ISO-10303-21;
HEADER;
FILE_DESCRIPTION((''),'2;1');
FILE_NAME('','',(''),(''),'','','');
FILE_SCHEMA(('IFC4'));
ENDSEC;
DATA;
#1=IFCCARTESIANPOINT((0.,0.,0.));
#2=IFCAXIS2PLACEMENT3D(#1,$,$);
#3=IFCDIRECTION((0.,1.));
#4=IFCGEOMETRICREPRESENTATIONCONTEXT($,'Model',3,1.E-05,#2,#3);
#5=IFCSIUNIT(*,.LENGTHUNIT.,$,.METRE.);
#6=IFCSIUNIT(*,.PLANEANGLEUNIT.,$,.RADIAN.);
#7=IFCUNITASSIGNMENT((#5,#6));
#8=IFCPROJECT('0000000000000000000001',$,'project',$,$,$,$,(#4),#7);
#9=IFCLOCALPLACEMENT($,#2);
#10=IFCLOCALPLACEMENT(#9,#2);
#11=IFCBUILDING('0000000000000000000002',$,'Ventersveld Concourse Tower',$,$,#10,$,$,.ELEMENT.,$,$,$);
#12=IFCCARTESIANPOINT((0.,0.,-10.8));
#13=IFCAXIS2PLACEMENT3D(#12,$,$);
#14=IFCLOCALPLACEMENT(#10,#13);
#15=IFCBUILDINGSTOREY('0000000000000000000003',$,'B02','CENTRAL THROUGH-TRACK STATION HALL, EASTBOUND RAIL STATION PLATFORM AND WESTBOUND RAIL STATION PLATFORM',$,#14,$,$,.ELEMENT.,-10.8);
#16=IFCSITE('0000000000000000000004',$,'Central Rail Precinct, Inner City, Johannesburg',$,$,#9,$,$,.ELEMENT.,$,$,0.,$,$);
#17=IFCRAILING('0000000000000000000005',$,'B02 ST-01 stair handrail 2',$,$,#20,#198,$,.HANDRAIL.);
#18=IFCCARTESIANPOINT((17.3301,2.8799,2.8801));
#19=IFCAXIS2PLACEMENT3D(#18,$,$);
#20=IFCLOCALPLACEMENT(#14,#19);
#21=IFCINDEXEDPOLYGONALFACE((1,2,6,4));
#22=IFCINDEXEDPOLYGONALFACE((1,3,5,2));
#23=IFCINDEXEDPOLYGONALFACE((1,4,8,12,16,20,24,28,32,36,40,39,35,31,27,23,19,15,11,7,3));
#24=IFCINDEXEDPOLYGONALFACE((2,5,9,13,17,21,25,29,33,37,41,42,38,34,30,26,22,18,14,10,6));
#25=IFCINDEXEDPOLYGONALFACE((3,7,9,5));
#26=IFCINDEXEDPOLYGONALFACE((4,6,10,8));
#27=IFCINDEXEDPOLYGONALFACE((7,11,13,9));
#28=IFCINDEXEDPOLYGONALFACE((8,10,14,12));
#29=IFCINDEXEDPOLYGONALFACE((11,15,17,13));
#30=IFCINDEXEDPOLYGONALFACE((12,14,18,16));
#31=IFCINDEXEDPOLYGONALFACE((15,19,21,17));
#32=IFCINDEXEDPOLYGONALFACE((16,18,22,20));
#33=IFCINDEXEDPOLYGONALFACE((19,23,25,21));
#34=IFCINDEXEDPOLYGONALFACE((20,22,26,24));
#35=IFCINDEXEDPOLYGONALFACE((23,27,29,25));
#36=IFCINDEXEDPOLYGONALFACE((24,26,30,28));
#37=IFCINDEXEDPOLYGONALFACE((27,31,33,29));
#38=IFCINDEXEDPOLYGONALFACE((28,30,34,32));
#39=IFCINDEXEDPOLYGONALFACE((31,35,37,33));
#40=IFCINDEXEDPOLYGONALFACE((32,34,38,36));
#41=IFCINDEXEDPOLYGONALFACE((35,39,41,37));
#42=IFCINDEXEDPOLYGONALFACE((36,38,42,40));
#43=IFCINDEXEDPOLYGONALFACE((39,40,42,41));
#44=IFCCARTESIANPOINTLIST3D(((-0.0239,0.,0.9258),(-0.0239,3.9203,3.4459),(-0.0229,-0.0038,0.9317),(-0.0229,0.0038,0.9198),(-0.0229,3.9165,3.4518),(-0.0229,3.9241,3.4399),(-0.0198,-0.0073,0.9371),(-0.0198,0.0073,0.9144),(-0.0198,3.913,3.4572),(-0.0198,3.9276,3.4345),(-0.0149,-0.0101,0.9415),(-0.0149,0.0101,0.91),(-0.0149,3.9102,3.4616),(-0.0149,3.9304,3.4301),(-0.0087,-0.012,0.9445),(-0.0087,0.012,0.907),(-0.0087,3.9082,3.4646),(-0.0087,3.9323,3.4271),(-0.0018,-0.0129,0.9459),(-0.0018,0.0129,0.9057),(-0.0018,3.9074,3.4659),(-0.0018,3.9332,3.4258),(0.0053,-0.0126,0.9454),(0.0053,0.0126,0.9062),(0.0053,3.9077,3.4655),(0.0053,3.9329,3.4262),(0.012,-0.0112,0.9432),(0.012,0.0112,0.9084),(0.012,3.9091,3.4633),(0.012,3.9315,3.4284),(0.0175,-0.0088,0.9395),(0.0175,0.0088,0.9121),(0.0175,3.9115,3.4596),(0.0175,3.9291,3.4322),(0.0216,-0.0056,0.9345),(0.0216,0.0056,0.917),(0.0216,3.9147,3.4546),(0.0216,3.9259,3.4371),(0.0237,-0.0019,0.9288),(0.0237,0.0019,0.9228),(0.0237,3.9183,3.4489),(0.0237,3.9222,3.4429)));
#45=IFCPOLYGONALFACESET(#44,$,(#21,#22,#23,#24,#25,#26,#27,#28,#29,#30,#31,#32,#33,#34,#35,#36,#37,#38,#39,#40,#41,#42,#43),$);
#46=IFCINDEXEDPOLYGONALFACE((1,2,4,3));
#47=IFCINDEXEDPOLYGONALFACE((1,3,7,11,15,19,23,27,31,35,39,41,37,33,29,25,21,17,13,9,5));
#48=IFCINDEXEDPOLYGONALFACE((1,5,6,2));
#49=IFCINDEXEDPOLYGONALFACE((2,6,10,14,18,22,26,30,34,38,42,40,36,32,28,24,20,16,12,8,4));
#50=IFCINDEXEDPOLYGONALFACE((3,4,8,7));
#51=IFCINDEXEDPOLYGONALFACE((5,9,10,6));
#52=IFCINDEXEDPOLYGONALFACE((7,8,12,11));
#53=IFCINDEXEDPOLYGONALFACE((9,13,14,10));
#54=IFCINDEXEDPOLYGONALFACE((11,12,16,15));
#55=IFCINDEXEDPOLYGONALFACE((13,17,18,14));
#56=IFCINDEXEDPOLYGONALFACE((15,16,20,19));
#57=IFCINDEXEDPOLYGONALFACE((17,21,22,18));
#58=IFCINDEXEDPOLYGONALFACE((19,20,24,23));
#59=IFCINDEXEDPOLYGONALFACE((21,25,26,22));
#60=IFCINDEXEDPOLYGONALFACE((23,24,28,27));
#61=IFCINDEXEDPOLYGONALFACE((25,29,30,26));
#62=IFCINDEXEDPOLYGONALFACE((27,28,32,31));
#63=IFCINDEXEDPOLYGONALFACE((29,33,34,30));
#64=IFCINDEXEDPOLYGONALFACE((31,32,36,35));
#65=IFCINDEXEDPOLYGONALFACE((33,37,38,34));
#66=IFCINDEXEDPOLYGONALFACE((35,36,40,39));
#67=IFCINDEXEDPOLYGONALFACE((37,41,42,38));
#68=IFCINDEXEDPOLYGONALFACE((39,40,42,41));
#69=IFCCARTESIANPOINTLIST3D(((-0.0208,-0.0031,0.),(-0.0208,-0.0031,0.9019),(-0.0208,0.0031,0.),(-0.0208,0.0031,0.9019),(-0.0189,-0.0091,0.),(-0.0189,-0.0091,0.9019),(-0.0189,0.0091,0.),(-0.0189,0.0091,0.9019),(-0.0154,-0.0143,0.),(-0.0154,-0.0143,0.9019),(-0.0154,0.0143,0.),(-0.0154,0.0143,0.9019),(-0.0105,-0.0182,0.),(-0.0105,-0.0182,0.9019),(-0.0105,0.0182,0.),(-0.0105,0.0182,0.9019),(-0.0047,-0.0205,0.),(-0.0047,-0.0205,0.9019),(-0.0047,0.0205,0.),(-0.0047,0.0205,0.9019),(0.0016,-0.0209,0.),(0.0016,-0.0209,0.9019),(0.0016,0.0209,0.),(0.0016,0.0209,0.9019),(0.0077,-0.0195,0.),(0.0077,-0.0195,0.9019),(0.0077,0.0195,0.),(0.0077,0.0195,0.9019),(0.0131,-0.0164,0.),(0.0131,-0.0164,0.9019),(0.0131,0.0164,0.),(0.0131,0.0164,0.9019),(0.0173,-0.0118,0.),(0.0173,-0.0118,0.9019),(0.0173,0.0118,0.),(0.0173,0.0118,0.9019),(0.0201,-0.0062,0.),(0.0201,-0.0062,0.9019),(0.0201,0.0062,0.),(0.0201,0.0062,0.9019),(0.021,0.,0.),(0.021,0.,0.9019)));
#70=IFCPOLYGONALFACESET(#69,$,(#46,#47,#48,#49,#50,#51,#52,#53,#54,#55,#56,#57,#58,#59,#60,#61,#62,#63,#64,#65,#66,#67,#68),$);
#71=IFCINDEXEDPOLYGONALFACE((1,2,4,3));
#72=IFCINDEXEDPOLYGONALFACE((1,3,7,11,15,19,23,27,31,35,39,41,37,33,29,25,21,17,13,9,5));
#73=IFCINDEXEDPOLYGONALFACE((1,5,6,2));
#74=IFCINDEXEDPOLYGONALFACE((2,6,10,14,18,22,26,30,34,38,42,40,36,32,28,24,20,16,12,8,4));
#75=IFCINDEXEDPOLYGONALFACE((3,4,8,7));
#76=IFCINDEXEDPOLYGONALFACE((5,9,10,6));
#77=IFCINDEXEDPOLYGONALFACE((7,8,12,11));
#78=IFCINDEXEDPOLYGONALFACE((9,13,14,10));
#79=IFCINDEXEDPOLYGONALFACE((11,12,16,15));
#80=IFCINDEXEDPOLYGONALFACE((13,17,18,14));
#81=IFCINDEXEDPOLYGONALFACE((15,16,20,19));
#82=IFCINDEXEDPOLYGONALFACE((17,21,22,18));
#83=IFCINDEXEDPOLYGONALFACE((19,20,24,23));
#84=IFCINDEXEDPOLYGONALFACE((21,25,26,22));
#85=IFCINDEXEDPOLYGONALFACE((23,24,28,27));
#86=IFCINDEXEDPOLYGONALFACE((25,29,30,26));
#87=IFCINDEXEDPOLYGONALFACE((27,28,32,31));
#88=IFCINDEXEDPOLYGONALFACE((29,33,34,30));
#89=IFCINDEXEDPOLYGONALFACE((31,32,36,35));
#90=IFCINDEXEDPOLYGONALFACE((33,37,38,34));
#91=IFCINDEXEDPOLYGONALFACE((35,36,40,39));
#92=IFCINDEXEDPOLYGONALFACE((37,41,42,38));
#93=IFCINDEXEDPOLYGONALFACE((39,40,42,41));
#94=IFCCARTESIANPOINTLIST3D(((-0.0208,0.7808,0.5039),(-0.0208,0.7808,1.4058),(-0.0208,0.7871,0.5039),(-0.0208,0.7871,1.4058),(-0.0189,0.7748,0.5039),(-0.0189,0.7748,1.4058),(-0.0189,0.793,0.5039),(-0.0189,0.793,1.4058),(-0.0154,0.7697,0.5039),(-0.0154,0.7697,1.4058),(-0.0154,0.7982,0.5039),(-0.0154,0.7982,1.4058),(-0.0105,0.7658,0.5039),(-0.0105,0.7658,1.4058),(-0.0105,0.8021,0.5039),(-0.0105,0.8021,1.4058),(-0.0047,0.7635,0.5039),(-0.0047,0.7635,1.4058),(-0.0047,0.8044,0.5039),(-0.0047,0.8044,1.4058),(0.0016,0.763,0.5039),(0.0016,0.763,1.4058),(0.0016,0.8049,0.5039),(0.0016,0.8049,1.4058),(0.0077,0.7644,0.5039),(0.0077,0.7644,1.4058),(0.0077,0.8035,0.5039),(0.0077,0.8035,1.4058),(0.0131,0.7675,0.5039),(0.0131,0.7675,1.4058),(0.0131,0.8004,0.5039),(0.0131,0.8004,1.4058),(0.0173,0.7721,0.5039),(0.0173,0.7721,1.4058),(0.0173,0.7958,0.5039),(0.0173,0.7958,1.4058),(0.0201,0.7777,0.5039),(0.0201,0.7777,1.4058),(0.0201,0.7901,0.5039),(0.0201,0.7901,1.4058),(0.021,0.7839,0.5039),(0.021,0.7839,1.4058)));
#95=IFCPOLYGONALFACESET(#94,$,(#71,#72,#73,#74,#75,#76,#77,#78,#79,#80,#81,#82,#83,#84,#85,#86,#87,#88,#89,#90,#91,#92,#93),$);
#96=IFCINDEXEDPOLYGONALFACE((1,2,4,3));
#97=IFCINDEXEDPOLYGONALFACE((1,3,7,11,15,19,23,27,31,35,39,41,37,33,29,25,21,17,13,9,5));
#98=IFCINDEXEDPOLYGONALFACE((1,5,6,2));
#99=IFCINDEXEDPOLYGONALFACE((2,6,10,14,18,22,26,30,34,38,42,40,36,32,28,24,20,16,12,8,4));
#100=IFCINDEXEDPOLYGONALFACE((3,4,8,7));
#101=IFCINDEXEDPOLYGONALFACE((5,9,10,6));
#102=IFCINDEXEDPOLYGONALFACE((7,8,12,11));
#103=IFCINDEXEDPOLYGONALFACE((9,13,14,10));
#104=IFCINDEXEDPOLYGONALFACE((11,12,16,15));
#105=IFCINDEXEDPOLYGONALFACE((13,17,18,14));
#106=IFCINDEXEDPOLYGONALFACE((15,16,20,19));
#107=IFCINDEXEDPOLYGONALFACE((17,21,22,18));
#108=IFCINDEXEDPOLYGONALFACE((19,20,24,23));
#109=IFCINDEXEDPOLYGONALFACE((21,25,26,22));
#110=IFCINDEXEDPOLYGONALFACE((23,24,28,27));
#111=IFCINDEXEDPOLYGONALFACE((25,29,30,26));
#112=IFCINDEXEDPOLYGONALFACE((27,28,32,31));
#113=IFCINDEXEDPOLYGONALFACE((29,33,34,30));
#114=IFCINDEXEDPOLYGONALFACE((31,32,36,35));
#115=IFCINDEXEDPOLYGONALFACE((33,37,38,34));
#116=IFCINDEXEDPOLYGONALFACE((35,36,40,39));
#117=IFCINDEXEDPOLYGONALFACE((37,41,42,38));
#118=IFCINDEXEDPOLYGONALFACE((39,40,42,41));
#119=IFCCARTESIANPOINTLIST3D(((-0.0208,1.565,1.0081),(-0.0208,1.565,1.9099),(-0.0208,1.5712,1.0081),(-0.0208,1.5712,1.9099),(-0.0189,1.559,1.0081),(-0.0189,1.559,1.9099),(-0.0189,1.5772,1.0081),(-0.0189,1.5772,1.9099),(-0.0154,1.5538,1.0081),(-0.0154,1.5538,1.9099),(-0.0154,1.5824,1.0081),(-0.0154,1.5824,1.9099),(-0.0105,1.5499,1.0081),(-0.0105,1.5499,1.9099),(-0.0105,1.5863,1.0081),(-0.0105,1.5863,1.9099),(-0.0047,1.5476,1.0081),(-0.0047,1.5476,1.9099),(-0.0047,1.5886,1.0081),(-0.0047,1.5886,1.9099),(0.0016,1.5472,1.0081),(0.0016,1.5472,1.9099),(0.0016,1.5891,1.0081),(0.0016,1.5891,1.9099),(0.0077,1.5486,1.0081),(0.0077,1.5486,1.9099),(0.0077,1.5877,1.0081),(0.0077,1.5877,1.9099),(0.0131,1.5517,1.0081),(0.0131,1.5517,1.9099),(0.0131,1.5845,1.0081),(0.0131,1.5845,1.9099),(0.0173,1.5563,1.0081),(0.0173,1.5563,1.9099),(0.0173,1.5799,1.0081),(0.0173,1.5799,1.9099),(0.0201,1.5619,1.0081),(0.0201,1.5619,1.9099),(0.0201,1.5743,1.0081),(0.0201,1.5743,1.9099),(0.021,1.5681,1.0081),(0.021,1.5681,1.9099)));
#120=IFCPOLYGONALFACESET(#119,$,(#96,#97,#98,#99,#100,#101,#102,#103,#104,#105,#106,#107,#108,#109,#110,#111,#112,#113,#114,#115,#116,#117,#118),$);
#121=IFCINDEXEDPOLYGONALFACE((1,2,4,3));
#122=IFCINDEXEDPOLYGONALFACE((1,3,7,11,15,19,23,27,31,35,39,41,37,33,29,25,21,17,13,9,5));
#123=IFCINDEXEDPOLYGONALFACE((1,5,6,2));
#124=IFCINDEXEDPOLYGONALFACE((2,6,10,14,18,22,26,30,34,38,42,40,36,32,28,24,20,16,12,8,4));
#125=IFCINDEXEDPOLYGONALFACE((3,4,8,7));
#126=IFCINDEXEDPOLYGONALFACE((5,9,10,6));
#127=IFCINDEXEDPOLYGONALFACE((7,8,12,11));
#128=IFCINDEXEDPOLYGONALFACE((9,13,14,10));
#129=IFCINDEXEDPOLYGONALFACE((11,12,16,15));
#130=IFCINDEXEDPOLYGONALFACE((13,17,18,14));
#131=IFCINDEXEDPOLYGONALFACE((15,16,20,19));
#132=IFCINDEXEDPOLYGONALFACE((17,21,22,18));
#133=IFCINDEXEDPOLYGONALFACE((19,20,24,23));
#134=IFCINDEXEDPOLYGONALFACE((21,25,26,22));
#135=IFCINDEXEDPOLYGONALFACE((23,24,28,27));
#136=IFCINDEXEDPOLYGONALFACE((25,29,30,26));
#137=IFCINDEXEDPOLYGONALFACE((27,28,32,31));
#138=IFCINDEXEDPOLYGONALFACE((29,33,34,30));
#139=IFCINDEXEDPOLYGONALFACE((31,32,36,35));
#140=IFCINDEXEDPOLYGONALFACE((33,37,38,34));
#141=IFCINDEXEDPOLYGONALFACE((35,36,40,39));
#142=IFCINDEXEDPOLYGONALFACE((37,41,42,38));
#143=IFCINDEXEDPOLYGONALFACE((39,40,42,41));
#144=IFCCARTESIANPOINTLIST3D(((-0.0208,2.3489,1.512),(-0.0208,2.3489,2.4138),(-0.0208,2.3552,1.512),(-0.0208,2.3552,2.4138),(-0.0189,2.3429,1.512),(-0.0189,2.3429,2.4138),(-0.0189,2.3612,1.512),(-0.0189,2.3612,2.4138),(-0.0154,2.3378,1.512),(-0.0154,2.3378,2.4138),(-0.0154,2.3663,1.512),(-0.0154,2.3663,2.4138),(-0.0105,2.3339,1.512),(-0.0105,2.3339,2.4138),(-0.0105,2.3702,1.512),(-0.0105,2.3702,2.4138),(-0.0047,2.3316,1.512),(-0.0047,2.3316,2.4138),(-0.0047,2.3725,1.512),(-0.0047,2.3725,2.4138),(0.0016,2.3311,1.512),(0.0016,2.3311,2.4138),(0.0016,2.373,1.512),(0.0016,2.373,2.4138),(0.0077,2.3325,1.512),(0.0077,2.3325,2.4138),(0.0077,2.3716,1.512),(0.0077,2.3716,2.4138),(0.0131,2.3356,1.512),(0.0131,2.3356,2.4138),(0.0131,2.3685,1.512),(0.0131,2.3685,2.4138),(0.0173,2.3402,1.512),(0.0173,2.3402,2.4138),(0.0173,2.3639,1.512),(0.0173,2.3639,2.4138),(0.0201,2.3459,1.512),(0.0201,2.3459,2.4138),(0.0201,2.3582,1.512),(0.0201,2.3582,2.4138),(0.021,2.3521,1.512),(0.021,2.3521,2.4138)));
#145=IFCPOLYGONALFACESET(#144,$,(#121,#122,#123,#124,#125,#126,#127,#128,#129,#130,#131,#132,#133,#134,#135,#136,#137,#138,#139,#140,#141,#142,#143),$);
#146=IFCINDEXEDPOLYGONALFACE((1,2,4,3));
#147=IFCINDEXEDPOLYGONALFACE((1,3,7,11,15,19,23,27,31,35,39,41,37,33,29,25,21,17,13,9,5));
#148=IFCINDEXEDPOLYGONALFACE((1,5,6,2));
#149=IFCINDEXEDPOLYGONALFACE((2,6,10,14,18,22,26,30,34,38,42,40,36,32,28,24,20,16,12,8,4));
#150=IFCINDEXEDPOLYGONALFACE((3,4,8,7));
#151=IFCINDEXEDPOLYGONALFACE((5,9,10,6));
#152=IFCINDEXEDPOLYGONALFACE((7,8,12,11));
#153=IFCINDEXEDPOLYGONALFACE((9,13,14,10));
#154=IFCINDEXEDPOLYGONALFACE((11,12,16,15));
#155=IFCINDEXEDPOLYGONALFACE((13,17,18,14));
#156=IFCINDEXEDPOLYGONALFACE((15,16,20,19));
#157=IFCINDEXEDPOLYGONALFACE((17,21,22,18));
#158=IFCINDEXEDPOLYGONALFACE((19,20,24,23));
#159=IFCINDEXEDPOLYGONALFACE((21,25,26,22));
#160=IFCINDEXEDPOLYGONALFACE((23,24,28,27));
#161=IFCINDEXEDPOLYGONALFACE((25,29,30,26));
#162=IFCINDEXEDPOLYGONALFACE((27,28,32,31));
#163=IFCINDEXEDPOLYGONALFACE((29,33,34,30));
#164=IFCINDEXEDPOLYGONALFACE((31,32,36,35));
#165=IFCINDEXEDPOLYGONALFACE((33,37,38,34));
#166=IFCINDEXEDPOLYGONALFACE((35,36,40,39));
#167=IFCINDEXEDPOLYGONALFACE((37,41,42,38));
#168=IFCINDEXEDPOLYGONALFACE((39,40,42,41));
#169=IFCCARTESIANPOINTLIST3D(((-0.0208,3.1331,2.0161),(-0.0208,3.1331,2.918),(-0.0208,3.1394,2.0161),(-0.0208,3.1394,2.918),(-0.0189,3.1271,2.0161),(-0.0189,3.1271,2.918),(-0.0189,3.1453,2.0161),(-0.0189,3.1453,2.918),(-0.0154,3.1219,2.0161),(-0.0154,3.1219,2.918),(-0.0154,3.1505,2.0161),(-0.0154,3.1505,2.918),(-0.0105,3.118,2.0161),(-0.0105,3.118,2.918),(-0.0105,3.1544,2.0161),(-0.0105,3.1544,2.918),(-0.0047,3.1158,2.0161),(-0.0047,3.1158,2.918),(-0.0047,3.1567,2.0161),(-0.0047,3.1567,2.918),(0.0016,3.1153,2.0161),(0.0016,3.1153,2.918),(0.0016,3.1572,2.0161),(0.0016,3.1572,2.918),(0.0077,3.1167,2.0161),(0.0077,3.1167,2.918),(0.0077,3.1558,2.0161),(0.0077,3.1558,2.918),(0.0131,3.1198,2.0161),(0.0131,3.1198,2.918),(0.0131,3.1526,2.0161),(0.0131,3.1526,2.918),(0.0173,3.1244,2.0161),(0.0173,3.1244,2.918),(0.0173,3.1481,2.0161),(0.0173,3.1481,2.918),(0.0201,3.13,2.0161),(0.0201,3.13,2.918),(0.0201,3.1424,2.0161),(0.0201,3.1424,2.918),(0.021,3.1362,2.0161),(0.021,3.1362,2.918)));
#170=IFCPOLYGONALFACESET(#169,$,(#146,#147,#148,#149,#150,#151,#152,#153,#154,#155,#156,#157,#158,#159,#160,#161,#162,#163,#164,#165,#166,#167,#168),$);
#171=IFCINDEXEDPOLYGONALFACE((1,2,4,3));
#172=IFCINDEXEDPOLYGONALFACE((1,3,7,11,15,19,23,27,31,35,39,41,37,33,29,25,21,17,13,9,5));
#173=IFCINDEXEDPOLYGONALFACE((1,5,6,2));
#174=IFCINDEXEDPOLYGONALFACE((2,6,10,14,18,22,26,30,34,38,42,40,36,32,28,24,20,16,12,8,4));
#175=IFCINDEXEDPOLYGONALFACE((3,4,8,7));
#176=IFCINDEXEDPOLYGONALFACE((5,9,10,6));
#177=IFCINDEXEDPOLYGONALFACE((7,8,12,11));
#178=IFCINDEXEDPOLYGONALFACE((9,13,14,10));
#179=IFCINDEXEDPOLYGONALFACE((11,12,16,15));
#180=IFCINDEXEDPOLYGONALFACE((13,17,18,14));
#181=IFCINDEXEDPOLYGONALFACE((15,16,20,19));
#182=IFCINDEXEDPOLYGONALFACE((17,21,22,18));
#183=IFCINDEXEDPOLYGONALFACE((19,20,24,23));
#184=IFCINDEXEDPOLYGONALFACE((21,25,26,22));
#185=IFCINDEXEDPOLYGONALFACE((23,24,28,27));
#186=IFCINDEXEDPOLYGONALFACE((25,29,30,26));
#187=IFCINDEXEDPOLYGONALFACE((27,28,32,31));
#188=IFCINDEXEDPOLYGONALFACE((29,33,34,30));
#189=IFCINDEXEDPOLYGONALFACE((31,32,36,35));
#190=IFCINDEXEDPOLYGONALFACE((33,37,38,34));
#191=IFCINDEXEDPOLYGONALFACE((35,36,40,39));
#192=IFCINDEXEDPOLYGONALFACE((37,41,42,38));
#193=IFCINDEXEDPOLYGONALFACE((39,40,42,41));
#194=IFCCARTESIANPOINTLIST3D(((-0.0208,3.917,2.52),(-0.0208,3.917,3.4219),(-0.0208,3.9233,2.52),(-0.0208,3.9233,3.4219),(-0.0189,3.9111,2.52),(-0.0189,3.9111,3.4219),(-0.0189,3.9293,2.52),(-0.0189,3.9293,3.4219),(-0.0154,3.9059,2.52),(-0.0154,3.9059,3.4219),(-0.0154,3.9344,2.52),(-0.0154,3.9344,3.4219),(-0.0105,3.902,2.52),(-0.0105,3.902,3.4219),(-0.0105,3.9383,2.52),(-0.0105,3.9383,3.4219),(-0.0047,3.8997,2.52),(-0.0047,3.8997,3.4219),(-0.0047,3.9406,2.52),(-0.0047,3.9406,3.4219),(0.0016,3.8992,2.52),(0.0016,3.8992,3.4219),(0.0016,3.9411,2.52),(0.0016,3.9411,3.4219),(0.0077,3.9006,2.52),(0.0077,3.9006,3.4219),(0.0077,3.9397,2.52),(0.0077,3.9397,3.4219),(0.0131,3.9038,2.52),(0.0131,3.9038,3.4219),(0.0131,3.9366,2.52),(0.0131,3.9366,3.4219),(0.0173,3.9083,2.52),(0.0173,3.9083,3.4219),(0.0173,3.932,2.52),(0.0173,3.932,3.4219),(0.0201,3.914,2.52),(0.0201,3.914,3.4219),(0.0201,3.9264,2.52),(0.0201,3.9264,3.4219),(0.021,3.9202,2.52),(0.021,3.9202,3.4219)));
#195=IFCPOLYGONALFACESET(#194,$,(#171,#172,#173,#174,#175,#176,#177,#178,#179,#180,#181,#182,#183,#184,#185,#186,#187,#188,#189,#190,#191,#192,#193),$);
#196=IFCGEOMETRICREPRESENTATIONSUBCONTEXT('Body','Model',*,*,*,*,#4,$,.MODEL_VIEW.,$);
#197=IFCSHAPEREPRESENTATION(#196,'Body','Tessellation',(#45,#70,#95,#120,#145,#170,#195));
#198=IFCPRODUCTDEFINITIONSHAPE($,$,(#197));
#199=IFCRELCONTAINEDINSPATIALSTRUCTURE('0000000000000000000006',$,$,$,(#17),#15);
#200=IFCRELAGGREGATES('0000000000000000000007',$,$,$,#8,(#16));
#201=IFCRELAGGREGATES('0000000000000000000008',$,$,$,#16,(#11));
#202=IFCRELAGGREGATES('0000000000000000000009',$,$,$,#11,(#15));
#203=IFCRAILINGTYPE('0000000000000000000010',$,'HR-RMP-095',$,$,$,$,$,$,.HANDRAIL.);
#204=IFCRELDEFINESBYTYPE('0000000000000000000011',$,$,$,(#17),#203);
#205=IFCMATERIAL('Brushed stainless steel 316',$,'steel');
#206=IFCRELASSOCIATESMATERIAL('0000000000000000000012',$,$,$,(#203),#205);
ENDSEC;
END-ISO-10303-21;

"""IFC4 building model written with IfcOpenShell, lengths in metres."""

from ifc_helpers import new_model, si_unit, direction, frame, origin, origin_2d, place, context, subcontext, project, spatial, circle, extrude, material, type_object, element, save


model = new_model("IFC4")

# Units and contexts
model_context = context("Model", 3, precision=1e-05, world=origin(), true_north=direction((0.0, 1.0)))
body_context = subcontext(model_context, "Body", "Model", "MODEL_VIEW")
ifc_project = project(units=[si_unit("LENGTHUNIT", "METRE"), si_unit("PLANEANGLEUNIT", "RADIAN")], contexts=[model_context])

# Site, building, storey
site_placement = place(None, origin())
site = spatial("IfcSite", under=ifc_project, at=site_placement, Name="Central Rail Precinct, Inner City, Johannesburg", CompositionType="ELEMENT", RefElevation=0.0)
building_placement = place(site_placement, origin())
building = spatial("IfcBuilding", under=site, at=building_placement, Name="Ventersveld Concourse Tower", CompositionType="ELEMENT")
storey_placement = place(building_placement, frame((0.0, 0.0, -10.8)))
storey = spatial("IfcBuildingStorey", under=building, at=storey_placement, Name="B02", Description="CENTRAL THROUGH-TRACK STATION HALL, EASTBOUND RAIL STATION PLATFORM AND WESTBOUND RAIL STATION PLATFORM", CompositionType="ELEMENT", Elevation=-10.8)

# Shared definitions
ifc_material_1 = material(Name="Brushed stainless steel 316", Category="steel")

# Railing
railing_type_1 = type_object("IfcRailingType", Name="HR-RMP-095", PredefinedType="HANDRAIL", material=ifc_material_1)
railing_1_placement = place(storey_placement, frame((17.3301, 2.8799, 2.8801)))
element("IfcRailing", 1, at=railing_1_placement, inside=storey, type_object=railing_type_1, Name="B02 ST-01 stair handrail 2", PredefinedType="HANDRAIL", context=body_context, shape_type="SweptSolid", body=[
    extrude(circle(Radius=0.0239, at=origin_2d()), frame((0.0, 0.0, 0.9258), z_axis=(0.0, 0.841187, 0.540744), x_axis=(-1.0, 0.0, 0.0)), (0.0, 0.0, 1.0), 4.6604),
    extrude(circle(Radius=0.021, at=origin_2d()), origin(), (0.0, 0.0, 1.0), 0.9019),
    extrude(circle(Radius=0.021, at=origin_2d()), frame((0.0, 0.7839, 0.5039)), (0.0, 0.0, 1.0), 0.9019),
    extrude(circle(Radius=0.021, at=origin_2d()), frame((0.0, 1.5681, 1.0081)), (0.0, 0.0, 1.0), 0.9019),
    extrude(circle(Radius=0.021, at=origin_2d()), frame((0.0, 2.3521, 1.512)), (0.0, 0.0, 1.0), 0.9019),
    extrude(circle(Radius=0.021, at=origin_2d()), frame((0.0, 3.1362, 2.0161)), (0.0, 0.0, 1.0), 0.9019),
    extrude(circle(Radius=0.021, at=origin_2d()), frame((0.0, 3.9202, 2.52)), (0.0, 0.0, 1.0), 0.9019),
])

save(model, "model.ifc")
